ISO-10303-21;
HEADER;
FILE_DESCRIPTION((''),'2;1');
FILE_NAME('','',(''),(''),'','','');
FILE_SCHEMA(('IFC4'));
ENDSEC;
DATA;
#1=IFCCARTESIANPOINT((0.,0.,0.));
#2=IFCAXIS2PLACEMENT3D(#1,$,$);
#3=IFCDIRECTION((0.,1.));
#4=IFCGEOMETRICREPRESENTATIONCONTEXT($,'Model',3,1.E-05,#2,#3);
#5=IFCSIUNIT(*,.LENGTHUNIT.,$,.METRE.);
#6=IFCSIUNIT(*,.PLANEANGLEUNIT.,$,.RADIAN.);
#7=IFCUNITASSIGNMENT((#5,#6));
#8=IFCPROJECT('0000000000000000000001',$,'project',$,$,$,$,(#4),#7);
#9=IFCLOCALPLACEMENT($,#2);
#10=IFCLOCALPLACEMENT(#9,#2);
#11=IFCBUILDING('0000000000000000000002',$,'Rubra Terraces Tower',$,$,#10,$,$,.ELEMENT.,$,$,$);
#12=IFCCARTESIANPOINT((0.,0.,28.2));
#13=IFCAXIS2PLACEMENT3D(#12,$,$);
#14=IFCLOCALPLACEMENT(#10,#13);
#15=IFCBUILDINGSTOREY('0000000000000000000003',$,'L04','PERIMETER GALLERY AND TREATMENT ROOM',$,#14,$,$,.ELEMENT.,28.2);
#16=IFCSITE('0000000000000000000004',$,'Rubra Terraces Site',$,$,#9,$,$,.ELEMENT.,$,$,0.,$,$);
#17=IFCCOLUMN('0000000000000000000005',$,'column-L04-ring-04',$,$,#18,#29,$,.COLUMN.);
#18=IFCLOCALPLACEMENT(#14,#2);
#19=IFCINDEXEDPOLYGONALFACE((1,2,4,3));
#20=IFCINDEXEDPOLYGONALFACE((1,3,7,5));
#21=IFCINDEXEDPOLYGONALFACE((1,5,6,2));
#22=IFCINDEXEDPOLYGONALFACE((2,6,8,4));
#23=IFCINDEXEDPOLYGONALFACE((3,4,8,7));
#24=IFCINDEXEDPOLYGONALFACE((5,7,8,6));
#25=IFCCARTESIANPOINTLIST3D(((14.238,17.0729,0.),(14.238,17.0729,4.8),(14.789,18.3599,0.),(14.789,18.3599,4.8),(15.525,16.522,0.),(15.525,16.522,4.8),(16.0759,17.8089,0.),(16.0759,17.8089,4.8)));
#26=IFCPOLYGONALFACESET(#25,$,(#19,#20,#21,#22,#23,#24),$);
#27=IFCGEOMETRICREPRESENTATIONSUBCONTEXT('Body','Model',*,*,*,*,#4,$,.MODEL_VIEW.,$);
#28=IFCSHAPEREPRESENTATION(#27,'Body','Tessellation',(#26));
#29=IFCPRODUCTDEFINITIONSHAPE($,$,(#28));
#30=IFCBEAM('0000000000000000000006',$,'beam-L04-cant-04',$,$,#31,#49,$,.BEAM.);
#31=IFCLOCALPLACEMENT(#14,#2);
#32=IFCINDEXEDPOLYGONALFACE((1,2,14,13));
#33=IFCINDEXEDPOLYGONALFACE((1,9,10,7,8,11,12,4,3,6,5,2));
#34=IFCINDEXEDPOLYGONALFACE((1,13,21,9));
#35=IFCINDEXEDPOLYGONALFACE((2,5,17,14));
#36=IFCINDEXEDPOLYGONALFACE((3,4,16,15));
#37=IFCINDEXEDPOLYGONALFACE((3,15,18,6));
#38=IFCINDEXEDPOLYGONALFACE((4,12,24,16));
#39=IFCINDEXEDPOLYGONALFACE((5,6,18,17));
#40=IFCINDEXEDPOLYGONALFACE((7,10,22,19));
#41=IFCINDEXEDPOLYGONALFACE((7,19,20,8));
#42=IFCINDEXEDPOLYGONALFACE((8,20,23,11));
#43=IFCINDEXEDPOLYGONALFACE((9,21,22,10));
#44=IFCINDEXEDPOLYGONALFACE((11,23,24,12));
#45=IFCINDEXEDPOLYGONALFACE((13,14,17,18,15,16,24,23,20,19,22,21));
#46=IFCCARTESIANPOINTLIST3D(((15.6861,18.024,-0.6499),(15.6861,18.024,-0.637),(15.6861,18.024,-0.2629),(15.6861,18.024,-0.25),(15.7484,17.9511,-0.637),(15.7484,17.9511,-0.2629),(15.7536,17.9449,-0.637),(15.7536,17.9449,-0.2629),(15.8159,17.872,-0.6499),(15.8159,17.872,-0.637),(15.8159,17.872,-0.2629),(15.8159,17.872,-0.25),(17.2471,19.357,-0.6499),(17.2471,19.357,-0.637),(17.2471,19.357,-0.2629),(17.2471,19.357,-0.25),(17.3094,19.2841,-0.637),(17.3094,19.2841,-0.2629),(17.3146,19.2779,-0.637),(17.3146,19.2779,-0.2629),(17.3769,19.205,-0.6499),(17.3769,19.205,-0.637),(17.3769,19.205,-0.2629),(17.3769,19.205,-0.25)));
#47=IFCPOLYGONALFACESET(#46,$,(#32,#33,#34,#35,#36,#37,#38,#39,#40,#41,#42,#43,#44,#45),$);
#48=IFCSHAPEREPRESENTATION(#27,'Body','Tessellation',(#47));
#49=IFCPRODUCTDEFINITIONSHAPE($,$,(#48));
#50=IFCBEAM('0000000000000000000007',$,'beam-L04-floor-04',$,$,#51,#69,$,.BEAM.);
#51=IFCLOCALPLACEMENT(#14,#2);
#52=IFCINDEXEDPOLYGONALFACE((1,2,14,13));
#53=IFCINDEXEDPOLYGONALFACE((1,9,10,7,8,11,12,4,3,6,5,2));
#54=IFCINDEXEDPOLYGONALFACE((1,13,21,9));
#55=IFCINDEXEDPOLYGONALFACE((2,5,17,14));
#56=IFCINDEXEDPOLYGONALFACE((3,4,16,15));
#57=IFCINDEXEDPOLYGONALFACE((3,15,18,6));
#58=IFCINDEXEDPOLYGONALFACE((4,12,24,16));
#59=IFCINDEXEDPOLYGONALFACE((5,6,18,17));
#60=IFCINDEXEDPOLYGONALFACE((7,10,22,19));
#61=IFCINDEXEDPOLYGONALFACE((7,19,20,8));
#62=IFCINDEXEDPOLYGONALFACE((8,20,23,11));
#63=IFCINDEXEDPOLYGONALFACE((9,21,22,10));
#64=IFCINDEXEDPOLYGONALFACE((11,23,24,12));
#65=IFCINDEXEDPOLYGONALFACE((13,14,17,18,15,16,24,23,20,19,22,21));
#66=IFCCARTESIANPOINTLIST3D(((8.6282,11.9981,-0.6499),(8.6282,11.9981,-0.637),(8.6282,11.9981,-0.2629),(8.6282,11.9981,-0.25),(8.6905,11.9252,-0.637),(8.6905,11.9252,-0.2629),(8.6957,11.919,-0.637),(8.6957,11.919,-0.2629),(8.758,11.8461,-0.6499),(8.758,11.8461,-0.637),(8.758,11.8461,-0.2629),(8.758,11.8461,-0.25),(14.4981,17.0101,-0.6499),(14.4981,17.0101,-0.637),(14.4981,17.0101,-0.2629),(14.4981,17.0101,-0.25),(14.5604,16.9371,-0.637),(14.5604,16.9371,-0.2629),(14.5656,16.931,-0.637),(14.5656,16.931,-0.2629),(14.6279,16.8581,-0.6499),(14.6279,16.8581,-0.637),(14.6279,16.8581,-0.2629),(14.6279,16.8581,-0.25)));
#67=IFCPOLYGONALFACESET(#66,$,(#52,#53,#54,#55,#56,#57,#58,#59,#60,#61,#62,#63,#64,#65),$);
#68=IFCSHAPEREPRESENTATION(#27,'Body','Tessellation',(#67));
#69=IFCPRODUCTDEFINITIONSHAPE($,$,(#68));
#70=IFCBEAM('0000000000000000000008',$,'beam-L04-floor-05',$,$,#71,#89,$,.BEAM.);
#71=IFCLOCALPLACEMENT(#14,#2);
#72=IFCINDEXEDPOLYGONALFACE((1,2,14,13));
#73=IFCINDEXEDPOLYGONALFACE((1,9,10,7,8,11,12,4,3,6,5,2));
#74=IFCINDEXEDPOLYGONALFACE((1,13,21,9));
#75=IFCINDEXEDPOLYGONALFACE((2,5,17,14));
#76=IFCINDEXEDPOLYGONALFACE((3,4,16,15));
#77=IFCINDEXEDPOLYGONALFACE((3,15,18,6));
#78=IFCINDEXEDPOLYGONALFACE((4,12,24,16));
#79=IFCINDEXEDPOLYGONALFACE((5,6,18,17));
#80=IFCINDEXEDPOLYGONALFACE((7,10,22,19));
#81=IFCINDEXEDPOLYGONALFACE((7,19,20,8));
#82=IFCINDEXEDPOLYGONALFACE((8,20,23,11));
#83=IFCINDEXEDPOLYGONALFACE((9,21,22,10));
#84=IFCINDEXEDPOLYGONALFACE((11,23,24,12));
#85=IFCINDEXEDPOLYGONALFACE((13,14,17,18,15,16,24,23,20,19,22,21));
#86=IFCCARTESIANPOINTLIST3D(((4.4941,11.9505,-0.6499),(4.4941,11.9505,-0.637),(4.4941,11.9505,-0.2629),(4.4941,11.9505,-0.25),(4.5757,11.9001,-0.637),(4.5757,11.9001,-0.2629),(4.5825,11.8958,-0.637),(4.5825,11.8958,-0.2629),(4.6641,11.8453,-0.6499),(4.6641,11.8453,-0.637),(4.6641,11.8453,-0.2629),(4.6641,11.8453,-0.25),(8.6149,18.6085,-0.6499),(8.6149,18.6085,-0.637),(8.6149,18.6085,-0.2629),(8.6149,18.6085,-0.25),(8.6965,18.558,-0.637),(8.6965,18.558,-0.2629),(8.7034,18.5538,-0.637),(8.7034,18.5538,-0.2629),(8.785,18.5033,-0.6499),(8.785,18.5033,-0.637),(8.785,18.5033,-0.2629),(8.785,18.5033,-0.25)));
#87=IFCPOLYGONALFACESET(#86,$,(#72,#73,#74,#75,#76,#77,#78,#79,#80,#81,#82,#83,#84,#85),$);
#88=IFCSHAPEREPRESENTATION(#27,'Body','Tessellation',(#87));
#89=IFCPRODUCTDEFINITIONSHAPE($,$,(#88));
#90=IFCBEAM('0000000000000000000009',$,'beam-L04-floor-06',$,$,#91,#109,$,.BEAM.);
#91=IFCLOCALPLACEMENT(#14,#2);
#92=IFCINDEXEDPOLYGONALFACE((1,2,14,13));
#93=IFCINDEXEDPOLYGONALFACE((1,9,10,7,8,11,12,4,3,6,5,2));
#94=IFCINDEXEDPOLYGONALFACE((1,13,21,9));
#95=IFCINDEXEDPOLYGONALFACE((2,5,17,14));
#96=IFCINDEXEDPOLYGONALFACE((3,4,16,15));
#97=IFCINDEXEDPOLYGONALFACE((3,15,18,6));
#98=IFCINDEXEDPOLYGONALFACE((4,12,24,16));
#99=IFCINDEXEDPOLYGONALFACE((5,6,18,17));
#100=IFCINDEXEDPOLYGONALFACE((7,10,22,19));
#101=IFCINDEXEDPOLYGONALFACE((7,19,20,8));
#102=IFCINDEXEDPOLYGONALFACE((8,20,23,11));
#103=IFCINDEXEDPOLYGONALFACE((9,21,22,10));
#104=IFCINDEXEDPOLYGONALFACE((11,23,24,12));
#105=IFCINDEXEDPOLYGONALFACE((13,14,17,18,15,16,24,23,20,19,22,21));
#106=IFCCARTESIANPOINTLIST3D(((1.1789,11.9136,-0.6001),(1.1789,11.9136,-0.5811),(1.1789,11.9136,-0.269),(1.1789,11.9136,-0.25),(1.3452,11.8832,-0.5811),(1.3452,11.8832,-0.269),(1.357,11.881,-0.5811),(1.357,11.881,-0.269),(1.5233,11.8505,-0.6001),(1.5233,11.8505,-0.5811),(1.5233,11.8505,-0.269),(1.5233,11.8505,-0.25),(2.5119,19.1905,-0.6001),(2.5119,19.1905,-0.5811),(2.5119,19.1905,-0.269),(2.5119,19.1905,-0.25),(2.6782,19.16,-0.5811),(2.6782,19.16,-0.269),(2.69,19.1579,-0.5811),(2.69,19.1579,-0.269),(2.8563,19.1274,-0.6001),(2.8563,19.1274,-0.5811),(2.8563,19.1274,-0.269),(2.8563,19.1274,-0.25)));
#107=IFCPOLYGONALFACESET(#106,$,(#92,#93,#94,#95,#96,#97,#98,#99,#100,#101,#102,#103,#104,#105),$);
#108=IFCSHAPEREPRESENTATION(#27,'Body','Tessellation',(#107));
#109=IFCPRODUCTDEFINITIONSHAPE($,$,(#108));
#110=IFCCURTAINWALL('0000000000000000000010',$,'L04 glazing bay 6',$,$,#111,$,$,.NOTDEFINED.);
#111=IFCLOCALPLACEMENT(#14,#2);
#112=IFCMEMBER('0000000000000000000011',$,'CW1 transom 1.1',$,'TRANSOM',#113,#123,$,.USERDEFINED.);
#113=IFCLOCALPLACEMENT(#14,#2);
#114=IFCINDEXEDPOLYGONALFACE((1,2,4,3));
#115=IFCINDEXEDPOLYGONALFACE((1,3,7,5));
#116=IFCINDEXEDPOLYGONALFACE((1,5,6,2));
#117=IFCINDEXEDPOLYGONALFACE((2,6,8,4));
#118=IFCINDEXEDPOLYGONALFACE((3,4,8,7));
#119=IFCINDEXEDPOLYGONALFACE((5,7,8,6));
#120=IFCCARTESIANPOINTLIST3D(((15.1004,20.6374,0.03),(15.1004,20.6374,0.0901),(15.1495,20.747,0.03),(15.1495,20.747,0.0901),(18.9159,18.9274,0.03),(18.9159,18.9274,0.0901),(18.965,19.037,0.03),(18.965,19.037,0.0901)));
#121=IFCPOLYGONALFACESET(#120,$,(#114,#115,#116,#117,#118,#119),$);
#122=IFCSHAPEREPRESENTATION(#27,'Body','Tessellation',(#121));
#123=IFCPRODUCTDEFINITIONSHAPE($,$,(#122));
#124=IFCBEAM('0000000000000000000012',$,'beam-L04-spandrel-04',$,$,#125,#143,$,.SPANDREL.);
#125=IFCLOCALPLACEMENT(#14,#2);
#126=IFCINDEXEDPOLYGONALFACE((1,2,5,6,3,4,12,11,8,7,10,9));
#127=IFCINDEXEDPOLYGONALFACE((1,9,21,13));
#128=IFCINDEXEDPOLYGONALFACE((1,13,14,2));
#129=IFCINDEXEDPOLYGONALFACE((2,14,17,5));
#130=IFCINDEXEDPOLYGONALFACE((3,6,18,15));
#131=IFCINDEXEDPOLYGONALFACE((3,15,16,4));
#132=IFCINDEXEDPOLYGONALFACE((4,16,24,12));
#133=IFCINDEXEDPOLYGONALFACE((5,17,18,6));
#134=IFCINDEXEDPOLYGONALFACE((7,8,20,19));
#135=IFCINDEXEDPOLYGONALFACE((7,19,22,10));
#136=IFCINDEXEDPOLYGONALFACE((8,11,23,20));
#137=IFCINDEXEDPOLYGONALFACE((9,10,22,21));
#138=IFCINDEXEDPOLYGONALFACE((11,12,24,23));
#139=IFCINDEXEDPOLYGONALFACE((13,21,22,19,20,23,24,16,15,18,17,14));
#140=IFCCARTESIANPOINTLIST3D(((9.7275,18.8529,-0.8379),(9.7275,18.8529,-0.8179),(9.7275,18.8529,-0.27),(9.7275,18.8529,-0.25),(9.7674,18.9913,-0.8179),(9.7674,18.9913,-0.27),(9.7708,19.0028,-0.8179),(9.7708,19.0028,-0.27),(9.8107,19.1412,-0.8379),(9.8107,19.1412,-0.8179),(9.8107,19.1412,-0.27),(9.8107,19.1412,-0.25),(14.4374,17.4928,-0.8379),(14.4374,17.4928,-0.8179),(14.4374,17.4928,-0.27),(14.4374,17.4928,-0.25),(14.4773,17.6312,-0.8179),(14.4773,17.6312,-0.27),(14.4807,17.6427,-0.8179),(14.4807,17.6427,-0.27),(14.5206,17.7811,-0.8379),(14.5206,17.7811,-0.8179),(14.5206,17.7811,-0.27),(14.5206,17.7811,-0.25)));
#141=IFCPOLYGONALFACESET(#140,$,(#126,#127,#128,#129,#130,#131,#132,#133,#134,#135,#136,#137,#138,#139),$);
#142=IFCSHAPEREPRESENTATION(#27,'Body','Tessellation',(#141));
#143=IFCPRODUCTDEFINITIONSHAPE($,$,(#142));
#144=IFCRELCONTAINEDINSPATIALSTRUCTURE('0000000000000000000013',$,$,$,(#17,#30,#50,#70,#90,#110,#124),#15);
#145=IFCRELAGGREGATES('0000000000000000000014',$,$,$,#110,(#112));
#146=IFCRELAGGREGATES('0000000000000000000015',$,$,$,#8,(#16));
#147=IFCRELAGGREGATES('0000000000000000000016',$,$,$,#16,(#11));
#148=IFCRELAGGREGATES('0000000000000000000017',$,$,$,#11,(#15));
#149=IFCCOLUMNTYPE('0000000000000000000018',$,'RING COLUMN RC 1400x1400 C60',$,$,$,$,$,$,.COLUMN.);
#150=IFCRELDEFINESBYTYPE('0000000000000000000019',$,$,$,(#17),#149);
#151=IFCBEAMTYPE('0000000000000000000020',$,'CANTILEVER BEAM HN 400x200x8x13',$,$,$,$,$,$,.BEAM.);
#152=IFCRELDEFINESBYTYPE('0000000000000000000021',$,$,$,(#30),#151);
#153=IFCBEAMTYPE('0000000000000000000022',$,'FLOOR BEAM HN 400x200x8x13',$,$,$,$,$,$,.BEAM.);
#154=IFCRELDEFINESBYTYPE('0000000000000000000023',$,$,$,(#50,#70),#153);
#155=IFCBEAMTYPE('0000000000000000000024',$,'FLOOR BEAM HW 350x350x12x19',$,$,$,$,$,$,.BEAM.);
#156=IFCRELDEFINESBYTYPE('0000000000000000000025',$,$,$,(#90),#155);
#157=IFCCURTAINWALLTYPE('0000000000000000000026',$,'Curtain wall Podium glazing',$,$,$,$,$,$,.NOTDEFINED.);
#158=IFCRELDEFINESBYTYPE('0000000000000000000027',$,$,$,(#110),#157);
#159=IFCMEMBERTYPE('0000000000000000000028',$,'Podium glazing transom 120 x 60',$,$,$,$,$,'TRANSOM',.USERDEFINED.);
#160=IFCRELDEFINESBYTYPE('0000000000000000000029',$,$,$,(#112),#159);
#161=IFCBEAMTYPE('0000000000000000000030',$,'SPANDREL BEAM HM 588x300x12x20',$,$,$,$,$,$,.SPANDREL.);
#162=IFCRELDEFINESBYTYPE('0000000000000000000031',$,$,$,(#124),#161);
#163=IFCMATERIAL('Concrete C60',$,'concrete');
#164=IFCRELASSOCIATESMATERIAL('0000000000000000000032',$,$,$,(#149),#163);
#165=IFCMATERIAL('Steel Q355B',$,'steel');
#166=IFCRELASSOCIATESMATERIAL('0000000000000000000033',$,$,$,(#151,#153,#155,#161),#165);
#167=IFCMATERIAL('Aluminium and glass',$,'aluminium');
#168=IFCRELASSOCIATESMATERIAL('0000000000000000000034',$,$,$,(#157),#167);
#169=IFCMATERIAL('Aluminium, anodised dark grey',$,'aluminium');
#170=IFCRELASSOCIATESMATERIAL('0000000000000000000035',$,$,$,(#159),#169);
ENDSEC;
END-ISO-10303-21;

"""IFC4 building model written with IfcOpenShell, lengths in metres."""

from ifc_helpers import new_model, si_unit, direction, frame, origin, origin_2d, place, context, subcontext, project, spatial, rectangle, i_section, extrude, material, material_profile, profile_set, type_object, element, aggregate, save


model = new_model("IFC4")

# Units and contexts
model_context = context("Model", 3, precision=1e-05, world=origin(), true_north=direction((0.0, 1.0)))
body_context = subcontext(model_context, "Body", "Model", "MODEL_VIEW")
ifc_project = project(units=[si_unit("LENGTHUNIT", "METRE"), si_unit("PLANEANGLEUNIT", "RADIAN")], contexts=[model_context])

# Site, building, storey
site_placement = place(None, origin())
site = spatial("IfcSite", under=ifc_project, at=site_placement, Name="Rubra Terraces Site", CompositionType="ELEMENT", RefElevation=0.0)
building_placement = place(site_placement, origin())
building = spatial("IfcBuilding", under=site, at=building_placement, Name="Rubra Terraces Tower", CompositionType="ELEMENT")
storey_placement = place(building_placement, frame((0.0, 0.0, 28.2)))
storey = spatial("IfcBuildingStorey", under=building, at=storey_placement, Name="L04", Description="PERIMETER GALLERY AND TREATMENT ROOM", CompositionType="ELEMENT", Elevation=28.2)

# Column
ifc_material_1 = material(Name="Concrete C60", Category="concrete")
ifc_material_profile_1 = material_profile(ifc_material_1, rectangle(XDim=1.3999, YDim=1.3999, at=origin_2d()), Name="RC 1400x1400")
ifc_profile_set_1 = profile_set([ifc_material_profile_1], Name="Concrete C60")
column_type = type_object("IfcColumnType", Name="RING COLUMN RC 1400x1400 C60", PredefinedType="COLUMN", material=ifc_profile_set_1)
column_placement = place(storey_placement, frame((15.157, 17.4409, 0.0), z_axis=(0.0, 0.0, 1.0), x_axis=(-0.919294, 0.393572, 0.0)))
element("IfcColumn", 1, at=column_placement, inside=storey, type_object=column_type, Name="column-L04-ring-04", PredefinedType="COLUMN", context=body_context, shape_type="SweptSolid", body=[
    extrude(rectangle(XDim=1.3999, YDim=1.3999, at=origin_2d()), origin(), (0.0, 0.0, 1.0), 4.8),
])

# Beams
ifc_material_2 = material(Name="Steel Q355B", Category="steel")
ifc_material_profile_2 = material_profile(ifc_material_2, i_section(OverallWidth=0.2, OverallDepth=0.3999, WebThickness=0.0081, FlangeThickness=0.0129, at=origin_2d()), Name="HN 400x200x8x13")
ifc_profile_set_2 = profile_set([ifc_material_profile_2], Name="Steel Q355B")
beam_type_1 = type_object("IfcBeamType", Name="CANTILEVER BEAM HN 400x200x8x13", PredefinedType="BEAM", material=ifc_profile_set_2)
beam_1_placement = place(storey_placement, frame((15.751, 17.948, -0.45), z_axis=(0.760464, 0.64938, 0.0), x_axis=(-0.64938, 0.760464, 0.0)))
element("IfcBeam", 2, at=beam_1_placement, inside=storey, type_object=beam_type_1, Name="beam-L04-cant-04", PredefinedType="BEAM", context=body_context, shape_type="SweptSolid", body=[
    extrude(i_section(OverallWidth=0.2, OverallDepth=0.3999, WebThickness=0.0081, FlangeThickness=0.0129, at=origin_2d()), origin(), (0.0, 0.0, 1.0), 2.0527),
])
ifc_material_profile_3 = material_profile(ifc_material_2, i_section(OverallWidth=0.2, OverallDepth=0.3999, WebThickness=0.0081, FlangeThickness=0.0129, at=origin_2d()), Name="HN 400x200x8x13")
ifc_profile_set_3 = profile_set([ifc_material_profile_3], Name="Steel Q355B")
beam_type_2 = type_object("IfcBeamType", Name="FLOOR BEAM HN 400x200x8x13", PredefinedType="BEAM", material=ifc_profile_set_3)
beam_2_placement = place(storey_placement, frame((14.563, 16.9341, -0.45), z_axis=(-0.760494, -0.649344, 0.0), x_axis=(0.649344, -0.760494, 0.0)))
element("IfcBeam", 3, at=beam_2_placement, inside=storey, type_object=beam_type_2, Name="beam-L04-floor-04", PredefinedType="BEAM", context=body_context, shape_type="SweptSolid", body=[
    extrude(i_section(OverallWidth=0.2, OverallDepth=0.3999, WebThickness=0.0081, FlangeThickness=0.0129, at=origin_2d()), origin(), (0.0, 0.0, 1.0), 7.7185),
])
beam_3_placement = place(storey_placement, frame((8.7, 18.5559, -0.45), z_axis=(-0.526286, -0.850308, 0.0), x_axis=(0.850308, -0.526286, 0.0)))
element("IfcBeam", 4, at=beam_3_placement, inside=storey, type_object=beam_type_2, Name="beam-L04-floor-05", PredefinedType="BEAM", context=body_context, shape_type="SweptSolid", body=[
    extrude(i_section(OverallWidth=0.2, OverallDepth=0.3999, WebThickness=0.0081, FlangeThickness=0.0129, at=origin_2d()), origin(), (0.0, 0.0, 1.0), 7.8301),
])
ifc_material_profile_4 = material_profile(ifc_material_2, i_section(OverallWidth=0.3501, OverallDepth=0.3501, WebThickness=0.012, FlangeThickness=0.019, at=origin_2d()), Name="HW 350x350x12x19")
ifc_profile_set_4 = profile_set([ifc_material_profile_4], Name="Steel Q355B")
beam_type_3 = type_object("IfcBeamType", Name="FLOOR BEAM HW 350x350x12x19", PredefinedType="BEAM", material=ifc_profile_set_4)
beam_4_placement = place(storey_placement, frame((2.6841, 19.1589, -0.425), z_axis=(-0.180186, -0.983632, 0.0), x_axis=(0.983632, -0.180186, 0.0)))
element("IfcBeam", 5, at=beam_4_placement, inside=storey, type_object=beam_type_3, Name="beam-L04-floor-06", PredefinedType="BEAM", context=body_context, shape_type="SweptSolid", body=[
    extrude(i_section(OverallWidth=0.3501, OverallDepth=0.3501, WebThickness=0.012, FlangeThickness=0.019, at=origin_2d()), origin(), (0.0, 0.0, 1.0), 7.3979),
])

# Curtain wall, member
ifc_material_3 = material(Name="Aluminium and glass", Category="aluminium")
curtain_wall_type = type_object("IfcCurtainWallType", Name="Curtain wall Podium glazing", PredefinedType="NOTDEFINED", material=ifc_material_3)
curtain_wall_placement = place(storey_placement, origin())
curtain_wall = element("IfcCurtainWall", 6, at=curtain_wall_placement, inside=storey, type_object=curtain_wall_type, Name="L04 glazing bay 6", PredefinedType="NOTDEFINED")
ifc_material_4 = material(Name="Aluminium, anodised dark grey", Category="aluminium")
ifc_material_profile_5 = material_profile(ifc_material_4, rectangle(XDim=0.1201, YDim=0.0601, at=origin_2d()), Name="AL 120x60")
ifc_profile_set_5 = profile_set([ifc_material_profile_5], Name="Aluminium, anodised dark grey")
member_type = type_object("IfcMemberType", Name="Podium glazing transom 120 x 60", ElementType="TRANSOM", PredefinedType="USERDEFINED", material=ifc_profile_set_5)
member_placement = place(storey_placement, frame((18.9404, 18.9822, 0.0601), z_axis=(-0.912545, 0.408975, 0.0), x_axis=(-0.408975, -0.912545, 0.0)))
member = element("IfcMember", 7, at=member_placement, type_object=member_type, Name="CW1 transom 1.1", ObjectType="TRANSOM", PredefinedType="USERDEFINED", context=body_context, shape_type="SweptSolid", body=[
    extrude(rectangle(XDim=0.1201, YDim=0.0601, at=origin_2d()), origin(), (0.0, 0.0, 1.0), 4.1812),
])
aggregate(curtain_wall, [member])

# Beam
ifc_material_profile_6 = material_profile(ifc_material_2, i_section(OverallWidth=0.3, OverallDepth=0.5879, WebThickness=0.012, FlangeThickness=0.02, at=origin_2d()), Name="HM 588x300x12x20")
ifc_profile_set_6 = profile_set([ifc_material_profile_6], Name="Steel Q355B")
beam_type_4 = type_object("IfcBeamType", Name="SPANDREL BEAM HM 588x300x12x20", PredefinedType="SPANDREL", material=ifc_profile_set_6)
beam_5_placement = place(storey_placement, frame((14.479, 17.637, -0.5439), z_axis=(-0.960744, 0.277436, 0.0), x_axis=(-0.277436, -0.960744, 0.0)))
element("IfcBeam", 8, at=beam_5_placement, inside=storey, type_object=beam_type_4, Name="beam-L04-spandrel-04", PredefinedType="SPANDREL", context=body_context, shape_type="SweptSolid", body=[
    extrude(i_section(OverallWidth=0.3, OverallDepth=0.5879, WebThickness=0.012, FlangeThickness=0.02, at=origin_2d()), origin(), (0.0, 0.0, 1.0), 4.9023),
])

save(model, "model.ifc")
